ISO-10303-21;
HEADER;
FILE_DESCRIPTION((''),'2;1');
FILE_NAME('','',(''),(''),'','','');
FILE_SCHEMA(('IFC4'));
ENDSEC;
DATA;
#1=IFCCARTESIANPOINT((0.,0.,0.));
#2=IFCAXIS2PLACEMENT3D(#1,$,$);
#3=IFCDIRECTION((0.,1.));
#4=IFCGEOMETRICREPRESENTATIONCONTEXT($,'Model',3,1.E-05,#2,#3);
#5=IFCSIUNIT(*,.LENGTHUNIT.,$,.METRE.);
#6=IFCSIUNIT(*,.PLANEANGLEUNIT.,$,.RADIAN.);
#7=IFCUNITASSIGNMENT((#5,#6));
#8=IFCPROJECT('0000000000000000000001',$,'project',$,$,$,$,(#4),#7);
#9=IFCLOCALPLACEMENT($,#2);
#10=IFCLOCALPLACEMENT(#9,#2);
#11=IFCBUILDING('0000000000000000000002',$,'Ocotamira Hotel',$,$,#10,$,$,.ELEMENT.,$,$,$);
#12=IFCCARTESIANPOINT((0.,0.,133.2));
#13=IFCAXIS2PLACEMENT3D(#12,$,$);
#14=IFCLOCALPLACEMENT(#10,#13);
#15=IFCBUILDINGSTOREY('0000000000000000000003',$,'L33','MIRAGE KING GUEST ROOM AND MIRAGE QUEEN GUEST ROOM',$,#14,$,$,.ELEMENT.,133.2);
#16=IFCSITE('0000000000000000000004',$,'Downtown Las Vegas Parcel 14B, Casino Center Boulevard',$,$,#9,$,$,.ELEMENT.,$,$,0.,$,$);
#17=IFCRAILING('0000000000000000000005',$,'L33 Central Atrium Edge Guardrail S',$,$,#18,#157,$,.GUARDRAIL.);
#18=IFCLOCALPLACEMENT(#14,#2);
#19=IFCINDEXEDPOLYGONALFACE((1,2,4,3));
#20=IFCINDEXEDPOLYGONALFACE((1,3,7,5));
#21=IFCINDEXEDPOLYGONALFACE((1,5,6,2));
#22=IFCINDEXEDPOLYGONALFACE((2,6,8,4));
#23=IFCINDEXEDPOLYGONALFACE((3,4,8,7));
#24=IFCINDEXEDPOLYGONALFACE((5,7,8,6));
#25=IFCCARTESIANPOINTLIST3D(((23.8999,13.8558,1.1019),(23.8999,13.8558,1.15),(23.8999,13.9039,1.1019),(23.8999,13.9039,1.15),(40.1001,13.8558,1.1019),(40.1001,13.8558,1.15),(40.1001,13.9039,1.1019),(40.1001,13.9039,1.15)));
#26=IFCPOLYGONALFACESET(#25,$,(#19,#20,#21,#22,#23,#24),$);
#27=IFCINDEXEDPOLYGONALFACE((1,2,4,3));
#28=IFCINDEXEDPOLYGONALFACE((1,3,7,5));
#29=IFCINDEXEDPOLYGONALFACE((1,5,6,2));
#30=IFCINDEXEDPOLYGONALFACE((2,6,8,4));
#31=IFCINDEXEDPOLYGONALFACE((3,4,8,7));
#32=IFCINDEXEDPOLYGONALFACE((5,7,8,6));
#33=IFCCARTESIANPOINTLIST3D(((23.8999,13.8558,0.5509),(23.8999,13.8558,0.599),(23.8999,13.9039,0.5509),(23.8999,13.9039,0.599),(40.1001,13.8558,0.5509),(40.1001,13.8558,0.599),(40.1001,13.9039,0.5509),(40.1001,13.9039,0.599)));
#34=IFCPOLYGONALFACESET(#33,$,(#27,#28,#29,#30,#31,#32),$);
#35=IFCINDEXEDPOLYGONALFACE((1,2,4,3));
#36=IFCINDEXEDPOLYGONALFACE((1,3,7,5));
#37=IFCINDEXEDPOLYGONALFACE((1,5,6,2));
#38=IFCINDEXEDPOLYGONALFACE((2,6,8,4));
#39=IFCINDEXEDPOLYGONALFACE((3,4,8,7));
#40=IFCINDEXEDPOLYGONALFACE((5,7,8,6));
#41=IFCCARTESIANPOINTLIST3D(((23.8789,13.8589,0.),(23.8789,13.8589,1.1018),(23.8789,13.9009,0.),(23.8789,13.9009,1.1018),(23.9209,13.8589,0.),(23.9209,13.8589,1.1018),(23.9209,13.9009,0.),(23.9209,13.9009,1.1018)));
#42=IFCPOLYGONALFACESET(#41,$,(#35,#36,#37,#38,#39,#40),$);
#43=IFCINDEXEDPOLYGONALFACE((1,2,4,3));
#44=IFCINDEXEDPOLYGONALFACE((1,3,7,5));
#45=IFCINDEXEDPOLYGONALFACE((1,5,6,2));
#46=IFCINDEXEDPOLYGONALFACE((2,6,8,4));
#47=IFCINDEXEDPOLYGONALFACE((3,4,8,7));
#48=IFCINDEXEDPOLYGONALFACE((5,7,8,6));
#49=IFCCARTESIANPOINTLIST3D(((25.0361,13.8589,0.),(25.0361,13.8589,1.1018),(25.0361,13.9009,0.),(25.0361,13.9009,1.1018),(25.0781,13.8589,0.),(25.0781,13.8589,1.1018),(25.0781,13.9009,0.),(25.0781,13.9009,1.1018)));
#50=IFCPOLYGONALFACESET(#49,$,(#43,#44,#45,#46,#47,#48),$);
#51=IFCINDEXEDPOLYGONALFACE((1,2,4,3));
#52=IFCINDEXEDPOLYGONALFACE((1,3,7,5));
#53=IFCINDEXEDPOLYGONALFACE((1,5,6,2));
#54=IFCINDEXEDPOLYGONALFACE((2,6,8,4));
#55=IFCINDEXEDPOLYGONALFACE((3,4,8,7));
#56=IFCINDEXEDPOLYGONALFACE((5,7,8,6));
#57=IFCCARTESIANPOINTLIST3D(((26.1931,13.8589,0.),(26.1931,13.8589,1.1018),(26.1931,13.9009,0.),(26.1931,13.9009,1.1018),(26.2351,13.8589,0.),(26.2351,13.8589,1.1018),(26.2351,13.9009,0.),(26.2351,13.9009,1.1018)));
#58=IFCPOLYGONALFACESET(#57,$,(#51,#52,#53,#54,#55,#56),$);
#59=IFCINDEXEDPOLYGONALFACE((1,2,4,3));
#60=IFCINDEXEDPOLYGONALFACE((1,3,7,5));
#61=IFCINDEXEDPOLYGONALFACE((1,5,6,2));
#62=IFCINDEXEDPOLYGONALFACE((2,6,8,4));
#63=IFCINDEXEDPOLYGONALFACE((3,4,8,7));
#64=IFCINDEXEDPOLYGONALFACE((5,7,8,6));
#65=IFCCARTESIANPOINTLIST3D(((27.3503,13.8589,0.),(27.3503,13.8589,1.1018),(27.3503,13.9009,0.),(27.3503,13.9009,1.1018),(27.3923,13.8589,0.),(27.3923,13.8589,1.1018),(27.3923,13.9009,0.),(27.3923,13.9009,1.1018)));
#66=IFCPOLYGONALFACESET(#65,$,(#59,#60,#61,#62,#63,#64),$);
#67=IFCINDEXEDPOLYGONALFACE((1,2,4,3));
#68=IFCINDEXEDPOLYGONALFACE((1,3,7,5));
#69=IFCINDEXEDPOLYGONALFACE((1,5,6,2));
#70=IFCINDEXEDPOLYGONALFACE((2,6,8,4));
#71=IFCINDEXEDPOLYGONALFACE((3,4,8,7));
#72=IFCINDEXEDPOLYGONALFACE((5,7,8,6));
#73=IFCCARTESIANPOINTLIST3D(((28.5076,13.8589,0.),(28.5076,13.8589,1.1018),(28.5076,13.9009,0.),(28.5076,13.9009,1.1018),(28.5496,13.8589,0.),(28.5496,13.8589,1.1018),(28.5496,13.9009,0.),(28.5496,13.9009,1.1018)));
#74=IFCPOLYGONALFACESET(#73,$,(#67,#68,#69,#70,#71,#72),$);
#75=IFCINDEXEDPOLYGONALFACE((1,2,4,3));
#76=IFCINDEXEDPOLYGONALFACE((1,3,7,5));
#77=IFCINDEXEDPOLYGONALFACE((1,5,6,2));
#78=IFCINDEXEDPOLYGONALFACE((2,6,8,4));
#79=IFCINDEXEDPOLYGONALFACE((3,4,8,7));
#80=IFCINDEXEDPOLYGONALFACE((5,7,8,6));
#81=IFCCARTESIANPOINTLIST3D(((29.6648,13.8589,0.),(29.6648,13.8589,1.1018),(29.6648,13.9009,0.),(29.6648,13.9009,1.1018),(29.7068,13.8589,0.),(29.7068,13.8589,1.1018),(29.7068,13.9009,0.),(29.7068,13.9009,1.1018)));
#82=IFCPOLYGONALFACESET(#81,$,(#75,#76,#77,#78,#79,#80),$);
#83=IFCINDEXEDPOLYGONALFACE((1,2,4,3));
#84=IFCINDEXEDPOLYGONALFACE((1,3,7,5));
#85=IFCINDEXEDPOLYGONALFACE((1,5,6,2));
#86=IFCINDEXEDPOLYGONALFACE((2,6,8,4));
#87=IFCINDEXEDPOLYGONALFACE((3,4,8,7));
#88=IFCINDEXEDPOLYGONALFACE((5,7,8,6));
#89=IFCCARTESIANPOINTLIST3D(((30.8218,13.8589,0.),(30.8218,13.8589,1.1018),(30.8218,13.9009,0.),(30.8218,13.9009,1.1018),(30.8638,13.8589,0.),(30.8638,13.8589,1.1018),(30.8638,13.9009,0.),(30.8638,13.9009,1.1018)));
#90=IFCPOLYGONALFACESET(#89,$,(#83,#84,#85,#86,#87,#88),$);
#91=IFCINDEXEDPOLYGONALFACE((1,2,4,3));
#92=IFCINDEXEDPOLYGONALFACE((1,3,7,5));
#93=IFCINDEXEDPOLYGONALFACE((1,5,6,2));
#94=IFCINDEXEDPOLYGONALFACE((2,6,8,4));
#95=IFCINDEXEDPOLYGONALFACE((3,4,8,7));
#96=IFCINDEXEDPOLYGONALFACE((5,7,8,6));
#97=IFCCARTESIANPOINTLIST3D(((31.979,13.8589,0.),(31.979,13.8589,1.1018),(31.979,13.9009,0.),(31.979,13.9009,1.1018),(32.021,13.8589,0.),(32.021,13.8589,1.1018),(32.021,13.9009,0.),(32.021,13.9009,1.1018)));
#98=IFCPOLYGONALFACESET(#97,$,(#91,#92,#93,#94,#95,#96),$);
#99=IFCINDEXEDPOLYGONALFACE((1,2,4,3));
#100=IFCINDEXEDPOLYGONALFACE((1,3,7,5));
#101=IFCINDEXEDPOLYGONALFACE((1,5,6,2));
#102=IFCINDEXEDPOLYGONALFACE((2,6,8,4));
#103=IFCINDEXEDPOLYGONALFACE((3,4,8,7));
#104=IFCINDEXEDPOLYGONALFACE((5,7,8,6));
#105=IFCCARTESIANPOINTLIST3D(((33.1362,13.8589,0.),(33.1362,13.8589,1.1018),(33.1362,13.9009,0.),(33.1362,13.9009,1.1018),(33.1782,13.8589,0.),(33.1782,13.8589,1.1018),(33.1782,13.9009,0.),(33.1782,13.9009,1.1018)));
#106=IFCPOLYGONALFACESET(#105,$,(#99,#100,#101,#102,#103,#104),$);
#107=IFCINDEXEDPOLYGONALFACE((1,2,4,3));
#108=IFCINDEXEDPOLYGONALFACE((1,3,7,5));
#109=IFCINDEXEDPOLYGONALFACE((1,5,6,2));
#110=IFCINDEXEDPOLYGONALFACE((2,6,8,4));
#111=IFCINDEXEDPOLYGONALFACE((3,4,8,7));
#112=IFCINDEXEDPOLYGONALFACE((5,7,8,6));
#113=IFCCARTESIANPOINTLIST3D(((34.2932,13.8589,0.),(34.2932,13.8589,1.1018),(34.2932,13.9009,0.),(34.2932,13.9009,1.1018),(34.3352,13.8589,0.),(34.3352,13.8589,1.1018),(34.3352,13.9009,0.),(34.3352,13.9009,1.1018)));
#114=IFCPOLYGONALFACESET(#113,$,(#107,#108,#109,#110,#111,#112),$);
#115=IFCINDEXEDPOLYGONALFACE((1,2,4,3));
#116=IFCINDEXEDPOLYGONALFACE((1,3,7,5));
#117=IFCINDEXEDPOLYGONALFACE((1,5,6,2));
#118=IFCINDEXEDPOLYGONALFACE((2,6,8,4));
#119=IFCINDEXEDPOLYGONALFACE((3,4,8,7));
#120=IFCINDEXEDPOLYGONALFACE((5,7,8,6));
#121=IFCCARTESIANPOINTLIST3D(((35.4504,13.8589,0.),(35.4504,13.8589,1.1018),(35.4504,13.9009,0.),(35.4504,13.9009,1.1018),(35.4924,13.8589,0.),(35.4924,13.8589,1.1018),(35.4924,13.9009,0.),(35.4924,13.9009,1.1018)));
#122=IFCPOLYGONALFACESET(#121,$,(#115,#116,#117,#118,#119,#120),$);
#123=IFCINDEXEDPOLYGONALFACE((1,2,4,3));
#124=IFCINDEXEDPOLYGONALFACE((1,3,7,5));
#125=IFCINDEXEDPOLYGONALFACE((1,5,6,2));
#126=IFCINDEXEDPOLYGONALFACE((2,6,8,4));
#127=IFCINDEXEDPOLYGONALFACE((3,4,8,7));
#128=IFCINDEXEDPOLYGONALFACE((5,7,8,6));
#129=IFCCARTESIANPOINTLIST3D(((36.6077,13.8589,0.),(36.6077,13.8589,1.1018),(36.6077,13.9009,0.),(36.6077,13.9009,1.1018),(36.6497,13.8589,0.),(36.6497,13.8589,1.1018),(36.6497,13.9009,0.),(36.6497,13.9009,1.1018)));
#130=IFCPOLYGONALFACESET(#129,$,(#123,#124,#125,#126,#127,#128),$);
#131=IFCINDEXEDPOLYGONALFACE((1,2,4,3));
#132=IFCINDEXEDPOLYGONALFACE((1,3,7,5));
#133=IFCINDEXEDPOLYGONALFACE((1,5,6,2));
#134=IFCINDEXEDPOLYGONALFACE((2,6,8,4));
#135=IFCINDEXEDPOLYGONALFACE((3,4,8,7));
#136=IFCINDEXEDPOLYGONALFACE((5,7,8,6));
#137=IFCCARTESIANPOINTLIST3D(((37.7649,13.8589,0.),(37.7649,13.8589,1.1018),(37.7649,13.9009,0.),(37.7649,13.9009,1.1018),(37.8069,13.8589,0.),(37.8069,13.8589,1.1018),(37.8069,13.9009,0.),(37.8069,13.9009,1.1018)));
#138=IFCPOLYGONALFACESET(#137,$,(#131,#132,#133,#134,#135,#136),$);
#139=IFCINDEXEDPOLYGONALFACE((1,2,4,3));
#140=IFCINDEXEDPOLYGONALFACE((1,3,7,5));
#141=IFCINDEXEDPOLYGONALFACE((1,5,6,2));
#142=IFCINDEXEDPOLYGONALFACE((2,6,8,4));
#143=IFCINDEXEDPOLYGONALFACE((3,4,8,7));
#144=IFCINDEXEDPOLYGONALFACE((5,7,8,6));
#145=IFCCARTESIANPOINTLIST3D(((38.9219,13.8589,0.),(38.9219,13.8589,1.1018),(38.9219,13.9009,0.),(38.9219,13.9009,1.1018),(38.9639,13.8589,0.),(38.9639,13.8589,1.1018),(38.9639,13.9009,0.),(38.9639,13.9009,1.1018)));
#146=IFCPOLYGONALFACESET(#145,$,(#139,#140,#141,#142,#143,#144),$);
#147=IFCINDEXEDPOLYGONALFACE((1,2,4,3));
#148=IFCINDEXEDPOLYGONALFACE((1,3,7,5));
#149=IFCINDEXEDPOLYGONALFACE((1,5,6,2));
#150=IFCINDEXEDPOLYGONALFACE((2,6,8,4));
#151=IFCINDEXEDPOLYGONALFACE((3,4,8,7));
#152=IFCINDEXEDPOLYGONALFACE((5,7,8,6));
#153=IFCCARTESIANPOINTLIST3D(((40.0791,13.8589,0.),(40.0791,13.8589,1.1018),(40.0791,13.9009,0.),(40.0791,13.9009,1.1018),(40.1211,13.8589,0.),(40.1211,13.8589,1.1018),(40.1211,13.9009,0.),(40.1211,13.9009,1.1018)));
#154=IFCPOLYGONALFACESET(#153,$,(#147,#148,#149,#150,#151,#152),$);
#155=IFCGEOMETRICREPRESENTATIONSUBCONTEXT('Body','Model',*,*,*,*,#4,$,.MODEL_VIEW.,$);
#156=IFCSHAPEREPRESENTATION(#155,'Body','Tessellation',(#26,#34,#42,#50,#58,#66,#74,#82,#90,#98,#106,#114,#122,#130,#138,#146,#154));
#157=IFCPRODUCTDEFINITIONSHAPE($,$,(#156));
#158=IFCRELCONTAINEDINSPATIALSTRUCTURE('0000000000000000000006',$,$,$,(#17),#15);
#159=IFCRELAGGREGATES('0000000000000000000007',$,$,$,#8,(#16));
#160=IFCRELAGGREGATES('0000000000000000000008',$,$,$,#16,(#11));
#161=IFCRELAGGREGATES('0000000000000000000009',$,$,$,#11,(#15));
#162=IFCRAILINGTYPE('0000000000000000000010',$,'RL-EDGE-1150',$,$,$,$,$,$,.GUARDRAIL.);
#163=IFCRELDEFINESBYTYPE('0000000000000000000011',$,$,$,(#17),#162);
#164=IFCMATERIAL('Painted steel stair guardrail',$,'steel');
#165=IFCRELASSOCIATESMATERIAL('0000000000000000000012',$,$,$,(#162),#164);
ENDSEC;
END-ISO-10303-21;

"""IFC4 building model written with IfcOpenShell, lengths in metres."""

from ifc_helpers import new_model, si_unit, direction, frame, origin, origin_2d, place, context, subcontext, project, spatial, rectangle, extrude, material, type_object, element, save


model = new_model("IFC4")

# Units and contexts
model_context = context("Model", 3, precision=1e-05, world=origin(), true_north=direction((0.0, 1.0)))
body_context = subcontext(model_context, "Body", "Model", "MODEL_VIEW")
ifc_project = project(units=[si_unit("LENGTHUNIT", "METRE"), si_unit("PLANEANGLEUNIT", "RADIAN")], contexts=[model_context])

# Site, building, storey
site_placement = place(None, origin())
site = spatial("IfcSite", under=ifc_project, at=site_placement, Name="Downtown Las Vegas Parcel 14B, Casino Center Boulevard", CompositionType="ELEMENT", RefElevation=0.0)
building_placement = place(site_placement, origin())
building = spatial("IfcBuilding", under=site, at=building_placement, Name="Ocotamira Hotel", CompositionType="ELEMENT")
storey_placement = place(building_placement, frame((0.0, 0.0, 133.2)))
storey = spatial("IfcBuildingStorey", under=building, at=storey_placement, Name="L33", Description="MIRAGE KING GUEST ROOM AND MIRAGE QUEEN GUEST ROOM", CompositionType="ELEMENT", Elevation=133.2)

# Railing
ifc_material_1 = material(Name="Painted steel stair guardrail", Category="steel")
railing_type = type_object("IfcRailingType", Name="RL-EDGE-1150", PredefinedType="GUARDRAIL", material=ifc_material_1)
railing_placement = place(storey_placement, frame((23.8999, 13.8799, 0.0)))
element("IfcRailing", 1, at=railing_placement, inside=storey, type_object=railing_type, Name="L33 Central Atrium Edge Guardrail S", PredefinedType="GUARDRAIL", context=body_context, shape_type="SweptSolid", body=[
    extrude(rectangle(XDim=0.0481, YDim=0.0481, at=origin_2d()), frame((0.0, 0.0, 1.126), z_axis=(1.0, 0.0, 0.0), x_axis=(0.0, 1.0, 0.0)), (0.0, 0.0, 1.0), 16.2002),
    extrude(rectangle(XDim=0.0481, YDim=0.0481, at=origin_2d()), frame((0.0, 0.0, 0.575), z_axis=(1.0, 0.0, 0.0), x_axis=(0.0, 1.0, 0.0)), (0.0, 0.0, 1.0), 16.2002),
    extrude(rectangle(XDim=0.042, YDim=0.042, at=origin_2d()), origin(), (0.0, 0.0, 1.0), 1.1018),
    extrude(rectangle(XDim=0.042, YDim=0.042, at=origin_2d()), frame((1.1572, 0.0, 0.0)), (0.0, 0.0, 1.0), 1.1018),
    extrude(rectangle(XDim=0.042, YDim=0.042, at=origin_2d()), frame((2.3142, 0.0, 0.0)), (0.0, 0.0, 1.0), 1.1018),
    extrude(rectangle(XDim=0.042, YDim=0.042, at=origin_2d()), frame((3.4714, 0.0, 0.0)), (0.0, 0.0, 1.0), 1.1018),
    extrude(rectangle(XDim=0.042, YDim=0.042, at=origin_2d()), frame((4.6287, 0.0, 0.0)), (0.0, 0.0, 1.0), 1.1018),
    extrude(rectangle(XDim=0.042, YDim=0.042, at=origin_2d()), frame((5.7859, 0.0, 0.0)), (0.0, 0.0, 1.0), 1.1018),
    extrude(rectangle(XDim=0.042, YDim=0.042, at=origin_2d()), frame((6.9429, 0.0, 0.0)), (0.0, 0.0, 1.0), 1.1018),
    extrude(rectangle(XDim=0.042, YDim=0.042, at=origin_2d()), frame((8.1001, 0.0, 0.0)), (0.0, 0.0, 1.0), 1.1018),
    extrude(rectangle(XDim=0.042, YDim=0.042, at=origin_2d()), frame((9.2573, 0.0, 0.0)), (0.0, 0.0, 1.0), 1.1018),
    extrude(rectangle(XDim=0.042, YDim=0.042, at=origin_2d()), frame((10.4143, 0.0, 0.0)), (0.0, 0.0, 1.0), 1.1018),
    extrude(rectangle(XDim=0.042, YDim=0.042, at=origin_2d()), frame((11.5715, 0.0, 0.0)), (0.0, 0.0, 1.0), 1.1018),
    extrude(rectangle(XDim=0.042, YDim=0.042, at=origin_2d()), frame((12.7288, 0.0, 0.0)), (0.0, 0.0, 1.0), 1.1018),
    extrude(rectangle(XDim=0.042, YDim=0.042, at=origin_2d()), frame((13.886, 0.0, 0.0)), (0.0, 0.0, 1.0), 1.1018),
    extrude(rectangle(XDim=0.042, YDim=0.042, at=origin_2d()), frame((15.043, 0.0, 0.0)), (0.0, 0.0, 1.0), 1.1018),
    extrude(rectangle(XDim=0.042, YDim=0.042, at=origin_2d()), frame((16.2002, 0.0, 0.0)), (0.0, 0.0, 1.0), 1.1018),
])

save(model, "model.ifc")
